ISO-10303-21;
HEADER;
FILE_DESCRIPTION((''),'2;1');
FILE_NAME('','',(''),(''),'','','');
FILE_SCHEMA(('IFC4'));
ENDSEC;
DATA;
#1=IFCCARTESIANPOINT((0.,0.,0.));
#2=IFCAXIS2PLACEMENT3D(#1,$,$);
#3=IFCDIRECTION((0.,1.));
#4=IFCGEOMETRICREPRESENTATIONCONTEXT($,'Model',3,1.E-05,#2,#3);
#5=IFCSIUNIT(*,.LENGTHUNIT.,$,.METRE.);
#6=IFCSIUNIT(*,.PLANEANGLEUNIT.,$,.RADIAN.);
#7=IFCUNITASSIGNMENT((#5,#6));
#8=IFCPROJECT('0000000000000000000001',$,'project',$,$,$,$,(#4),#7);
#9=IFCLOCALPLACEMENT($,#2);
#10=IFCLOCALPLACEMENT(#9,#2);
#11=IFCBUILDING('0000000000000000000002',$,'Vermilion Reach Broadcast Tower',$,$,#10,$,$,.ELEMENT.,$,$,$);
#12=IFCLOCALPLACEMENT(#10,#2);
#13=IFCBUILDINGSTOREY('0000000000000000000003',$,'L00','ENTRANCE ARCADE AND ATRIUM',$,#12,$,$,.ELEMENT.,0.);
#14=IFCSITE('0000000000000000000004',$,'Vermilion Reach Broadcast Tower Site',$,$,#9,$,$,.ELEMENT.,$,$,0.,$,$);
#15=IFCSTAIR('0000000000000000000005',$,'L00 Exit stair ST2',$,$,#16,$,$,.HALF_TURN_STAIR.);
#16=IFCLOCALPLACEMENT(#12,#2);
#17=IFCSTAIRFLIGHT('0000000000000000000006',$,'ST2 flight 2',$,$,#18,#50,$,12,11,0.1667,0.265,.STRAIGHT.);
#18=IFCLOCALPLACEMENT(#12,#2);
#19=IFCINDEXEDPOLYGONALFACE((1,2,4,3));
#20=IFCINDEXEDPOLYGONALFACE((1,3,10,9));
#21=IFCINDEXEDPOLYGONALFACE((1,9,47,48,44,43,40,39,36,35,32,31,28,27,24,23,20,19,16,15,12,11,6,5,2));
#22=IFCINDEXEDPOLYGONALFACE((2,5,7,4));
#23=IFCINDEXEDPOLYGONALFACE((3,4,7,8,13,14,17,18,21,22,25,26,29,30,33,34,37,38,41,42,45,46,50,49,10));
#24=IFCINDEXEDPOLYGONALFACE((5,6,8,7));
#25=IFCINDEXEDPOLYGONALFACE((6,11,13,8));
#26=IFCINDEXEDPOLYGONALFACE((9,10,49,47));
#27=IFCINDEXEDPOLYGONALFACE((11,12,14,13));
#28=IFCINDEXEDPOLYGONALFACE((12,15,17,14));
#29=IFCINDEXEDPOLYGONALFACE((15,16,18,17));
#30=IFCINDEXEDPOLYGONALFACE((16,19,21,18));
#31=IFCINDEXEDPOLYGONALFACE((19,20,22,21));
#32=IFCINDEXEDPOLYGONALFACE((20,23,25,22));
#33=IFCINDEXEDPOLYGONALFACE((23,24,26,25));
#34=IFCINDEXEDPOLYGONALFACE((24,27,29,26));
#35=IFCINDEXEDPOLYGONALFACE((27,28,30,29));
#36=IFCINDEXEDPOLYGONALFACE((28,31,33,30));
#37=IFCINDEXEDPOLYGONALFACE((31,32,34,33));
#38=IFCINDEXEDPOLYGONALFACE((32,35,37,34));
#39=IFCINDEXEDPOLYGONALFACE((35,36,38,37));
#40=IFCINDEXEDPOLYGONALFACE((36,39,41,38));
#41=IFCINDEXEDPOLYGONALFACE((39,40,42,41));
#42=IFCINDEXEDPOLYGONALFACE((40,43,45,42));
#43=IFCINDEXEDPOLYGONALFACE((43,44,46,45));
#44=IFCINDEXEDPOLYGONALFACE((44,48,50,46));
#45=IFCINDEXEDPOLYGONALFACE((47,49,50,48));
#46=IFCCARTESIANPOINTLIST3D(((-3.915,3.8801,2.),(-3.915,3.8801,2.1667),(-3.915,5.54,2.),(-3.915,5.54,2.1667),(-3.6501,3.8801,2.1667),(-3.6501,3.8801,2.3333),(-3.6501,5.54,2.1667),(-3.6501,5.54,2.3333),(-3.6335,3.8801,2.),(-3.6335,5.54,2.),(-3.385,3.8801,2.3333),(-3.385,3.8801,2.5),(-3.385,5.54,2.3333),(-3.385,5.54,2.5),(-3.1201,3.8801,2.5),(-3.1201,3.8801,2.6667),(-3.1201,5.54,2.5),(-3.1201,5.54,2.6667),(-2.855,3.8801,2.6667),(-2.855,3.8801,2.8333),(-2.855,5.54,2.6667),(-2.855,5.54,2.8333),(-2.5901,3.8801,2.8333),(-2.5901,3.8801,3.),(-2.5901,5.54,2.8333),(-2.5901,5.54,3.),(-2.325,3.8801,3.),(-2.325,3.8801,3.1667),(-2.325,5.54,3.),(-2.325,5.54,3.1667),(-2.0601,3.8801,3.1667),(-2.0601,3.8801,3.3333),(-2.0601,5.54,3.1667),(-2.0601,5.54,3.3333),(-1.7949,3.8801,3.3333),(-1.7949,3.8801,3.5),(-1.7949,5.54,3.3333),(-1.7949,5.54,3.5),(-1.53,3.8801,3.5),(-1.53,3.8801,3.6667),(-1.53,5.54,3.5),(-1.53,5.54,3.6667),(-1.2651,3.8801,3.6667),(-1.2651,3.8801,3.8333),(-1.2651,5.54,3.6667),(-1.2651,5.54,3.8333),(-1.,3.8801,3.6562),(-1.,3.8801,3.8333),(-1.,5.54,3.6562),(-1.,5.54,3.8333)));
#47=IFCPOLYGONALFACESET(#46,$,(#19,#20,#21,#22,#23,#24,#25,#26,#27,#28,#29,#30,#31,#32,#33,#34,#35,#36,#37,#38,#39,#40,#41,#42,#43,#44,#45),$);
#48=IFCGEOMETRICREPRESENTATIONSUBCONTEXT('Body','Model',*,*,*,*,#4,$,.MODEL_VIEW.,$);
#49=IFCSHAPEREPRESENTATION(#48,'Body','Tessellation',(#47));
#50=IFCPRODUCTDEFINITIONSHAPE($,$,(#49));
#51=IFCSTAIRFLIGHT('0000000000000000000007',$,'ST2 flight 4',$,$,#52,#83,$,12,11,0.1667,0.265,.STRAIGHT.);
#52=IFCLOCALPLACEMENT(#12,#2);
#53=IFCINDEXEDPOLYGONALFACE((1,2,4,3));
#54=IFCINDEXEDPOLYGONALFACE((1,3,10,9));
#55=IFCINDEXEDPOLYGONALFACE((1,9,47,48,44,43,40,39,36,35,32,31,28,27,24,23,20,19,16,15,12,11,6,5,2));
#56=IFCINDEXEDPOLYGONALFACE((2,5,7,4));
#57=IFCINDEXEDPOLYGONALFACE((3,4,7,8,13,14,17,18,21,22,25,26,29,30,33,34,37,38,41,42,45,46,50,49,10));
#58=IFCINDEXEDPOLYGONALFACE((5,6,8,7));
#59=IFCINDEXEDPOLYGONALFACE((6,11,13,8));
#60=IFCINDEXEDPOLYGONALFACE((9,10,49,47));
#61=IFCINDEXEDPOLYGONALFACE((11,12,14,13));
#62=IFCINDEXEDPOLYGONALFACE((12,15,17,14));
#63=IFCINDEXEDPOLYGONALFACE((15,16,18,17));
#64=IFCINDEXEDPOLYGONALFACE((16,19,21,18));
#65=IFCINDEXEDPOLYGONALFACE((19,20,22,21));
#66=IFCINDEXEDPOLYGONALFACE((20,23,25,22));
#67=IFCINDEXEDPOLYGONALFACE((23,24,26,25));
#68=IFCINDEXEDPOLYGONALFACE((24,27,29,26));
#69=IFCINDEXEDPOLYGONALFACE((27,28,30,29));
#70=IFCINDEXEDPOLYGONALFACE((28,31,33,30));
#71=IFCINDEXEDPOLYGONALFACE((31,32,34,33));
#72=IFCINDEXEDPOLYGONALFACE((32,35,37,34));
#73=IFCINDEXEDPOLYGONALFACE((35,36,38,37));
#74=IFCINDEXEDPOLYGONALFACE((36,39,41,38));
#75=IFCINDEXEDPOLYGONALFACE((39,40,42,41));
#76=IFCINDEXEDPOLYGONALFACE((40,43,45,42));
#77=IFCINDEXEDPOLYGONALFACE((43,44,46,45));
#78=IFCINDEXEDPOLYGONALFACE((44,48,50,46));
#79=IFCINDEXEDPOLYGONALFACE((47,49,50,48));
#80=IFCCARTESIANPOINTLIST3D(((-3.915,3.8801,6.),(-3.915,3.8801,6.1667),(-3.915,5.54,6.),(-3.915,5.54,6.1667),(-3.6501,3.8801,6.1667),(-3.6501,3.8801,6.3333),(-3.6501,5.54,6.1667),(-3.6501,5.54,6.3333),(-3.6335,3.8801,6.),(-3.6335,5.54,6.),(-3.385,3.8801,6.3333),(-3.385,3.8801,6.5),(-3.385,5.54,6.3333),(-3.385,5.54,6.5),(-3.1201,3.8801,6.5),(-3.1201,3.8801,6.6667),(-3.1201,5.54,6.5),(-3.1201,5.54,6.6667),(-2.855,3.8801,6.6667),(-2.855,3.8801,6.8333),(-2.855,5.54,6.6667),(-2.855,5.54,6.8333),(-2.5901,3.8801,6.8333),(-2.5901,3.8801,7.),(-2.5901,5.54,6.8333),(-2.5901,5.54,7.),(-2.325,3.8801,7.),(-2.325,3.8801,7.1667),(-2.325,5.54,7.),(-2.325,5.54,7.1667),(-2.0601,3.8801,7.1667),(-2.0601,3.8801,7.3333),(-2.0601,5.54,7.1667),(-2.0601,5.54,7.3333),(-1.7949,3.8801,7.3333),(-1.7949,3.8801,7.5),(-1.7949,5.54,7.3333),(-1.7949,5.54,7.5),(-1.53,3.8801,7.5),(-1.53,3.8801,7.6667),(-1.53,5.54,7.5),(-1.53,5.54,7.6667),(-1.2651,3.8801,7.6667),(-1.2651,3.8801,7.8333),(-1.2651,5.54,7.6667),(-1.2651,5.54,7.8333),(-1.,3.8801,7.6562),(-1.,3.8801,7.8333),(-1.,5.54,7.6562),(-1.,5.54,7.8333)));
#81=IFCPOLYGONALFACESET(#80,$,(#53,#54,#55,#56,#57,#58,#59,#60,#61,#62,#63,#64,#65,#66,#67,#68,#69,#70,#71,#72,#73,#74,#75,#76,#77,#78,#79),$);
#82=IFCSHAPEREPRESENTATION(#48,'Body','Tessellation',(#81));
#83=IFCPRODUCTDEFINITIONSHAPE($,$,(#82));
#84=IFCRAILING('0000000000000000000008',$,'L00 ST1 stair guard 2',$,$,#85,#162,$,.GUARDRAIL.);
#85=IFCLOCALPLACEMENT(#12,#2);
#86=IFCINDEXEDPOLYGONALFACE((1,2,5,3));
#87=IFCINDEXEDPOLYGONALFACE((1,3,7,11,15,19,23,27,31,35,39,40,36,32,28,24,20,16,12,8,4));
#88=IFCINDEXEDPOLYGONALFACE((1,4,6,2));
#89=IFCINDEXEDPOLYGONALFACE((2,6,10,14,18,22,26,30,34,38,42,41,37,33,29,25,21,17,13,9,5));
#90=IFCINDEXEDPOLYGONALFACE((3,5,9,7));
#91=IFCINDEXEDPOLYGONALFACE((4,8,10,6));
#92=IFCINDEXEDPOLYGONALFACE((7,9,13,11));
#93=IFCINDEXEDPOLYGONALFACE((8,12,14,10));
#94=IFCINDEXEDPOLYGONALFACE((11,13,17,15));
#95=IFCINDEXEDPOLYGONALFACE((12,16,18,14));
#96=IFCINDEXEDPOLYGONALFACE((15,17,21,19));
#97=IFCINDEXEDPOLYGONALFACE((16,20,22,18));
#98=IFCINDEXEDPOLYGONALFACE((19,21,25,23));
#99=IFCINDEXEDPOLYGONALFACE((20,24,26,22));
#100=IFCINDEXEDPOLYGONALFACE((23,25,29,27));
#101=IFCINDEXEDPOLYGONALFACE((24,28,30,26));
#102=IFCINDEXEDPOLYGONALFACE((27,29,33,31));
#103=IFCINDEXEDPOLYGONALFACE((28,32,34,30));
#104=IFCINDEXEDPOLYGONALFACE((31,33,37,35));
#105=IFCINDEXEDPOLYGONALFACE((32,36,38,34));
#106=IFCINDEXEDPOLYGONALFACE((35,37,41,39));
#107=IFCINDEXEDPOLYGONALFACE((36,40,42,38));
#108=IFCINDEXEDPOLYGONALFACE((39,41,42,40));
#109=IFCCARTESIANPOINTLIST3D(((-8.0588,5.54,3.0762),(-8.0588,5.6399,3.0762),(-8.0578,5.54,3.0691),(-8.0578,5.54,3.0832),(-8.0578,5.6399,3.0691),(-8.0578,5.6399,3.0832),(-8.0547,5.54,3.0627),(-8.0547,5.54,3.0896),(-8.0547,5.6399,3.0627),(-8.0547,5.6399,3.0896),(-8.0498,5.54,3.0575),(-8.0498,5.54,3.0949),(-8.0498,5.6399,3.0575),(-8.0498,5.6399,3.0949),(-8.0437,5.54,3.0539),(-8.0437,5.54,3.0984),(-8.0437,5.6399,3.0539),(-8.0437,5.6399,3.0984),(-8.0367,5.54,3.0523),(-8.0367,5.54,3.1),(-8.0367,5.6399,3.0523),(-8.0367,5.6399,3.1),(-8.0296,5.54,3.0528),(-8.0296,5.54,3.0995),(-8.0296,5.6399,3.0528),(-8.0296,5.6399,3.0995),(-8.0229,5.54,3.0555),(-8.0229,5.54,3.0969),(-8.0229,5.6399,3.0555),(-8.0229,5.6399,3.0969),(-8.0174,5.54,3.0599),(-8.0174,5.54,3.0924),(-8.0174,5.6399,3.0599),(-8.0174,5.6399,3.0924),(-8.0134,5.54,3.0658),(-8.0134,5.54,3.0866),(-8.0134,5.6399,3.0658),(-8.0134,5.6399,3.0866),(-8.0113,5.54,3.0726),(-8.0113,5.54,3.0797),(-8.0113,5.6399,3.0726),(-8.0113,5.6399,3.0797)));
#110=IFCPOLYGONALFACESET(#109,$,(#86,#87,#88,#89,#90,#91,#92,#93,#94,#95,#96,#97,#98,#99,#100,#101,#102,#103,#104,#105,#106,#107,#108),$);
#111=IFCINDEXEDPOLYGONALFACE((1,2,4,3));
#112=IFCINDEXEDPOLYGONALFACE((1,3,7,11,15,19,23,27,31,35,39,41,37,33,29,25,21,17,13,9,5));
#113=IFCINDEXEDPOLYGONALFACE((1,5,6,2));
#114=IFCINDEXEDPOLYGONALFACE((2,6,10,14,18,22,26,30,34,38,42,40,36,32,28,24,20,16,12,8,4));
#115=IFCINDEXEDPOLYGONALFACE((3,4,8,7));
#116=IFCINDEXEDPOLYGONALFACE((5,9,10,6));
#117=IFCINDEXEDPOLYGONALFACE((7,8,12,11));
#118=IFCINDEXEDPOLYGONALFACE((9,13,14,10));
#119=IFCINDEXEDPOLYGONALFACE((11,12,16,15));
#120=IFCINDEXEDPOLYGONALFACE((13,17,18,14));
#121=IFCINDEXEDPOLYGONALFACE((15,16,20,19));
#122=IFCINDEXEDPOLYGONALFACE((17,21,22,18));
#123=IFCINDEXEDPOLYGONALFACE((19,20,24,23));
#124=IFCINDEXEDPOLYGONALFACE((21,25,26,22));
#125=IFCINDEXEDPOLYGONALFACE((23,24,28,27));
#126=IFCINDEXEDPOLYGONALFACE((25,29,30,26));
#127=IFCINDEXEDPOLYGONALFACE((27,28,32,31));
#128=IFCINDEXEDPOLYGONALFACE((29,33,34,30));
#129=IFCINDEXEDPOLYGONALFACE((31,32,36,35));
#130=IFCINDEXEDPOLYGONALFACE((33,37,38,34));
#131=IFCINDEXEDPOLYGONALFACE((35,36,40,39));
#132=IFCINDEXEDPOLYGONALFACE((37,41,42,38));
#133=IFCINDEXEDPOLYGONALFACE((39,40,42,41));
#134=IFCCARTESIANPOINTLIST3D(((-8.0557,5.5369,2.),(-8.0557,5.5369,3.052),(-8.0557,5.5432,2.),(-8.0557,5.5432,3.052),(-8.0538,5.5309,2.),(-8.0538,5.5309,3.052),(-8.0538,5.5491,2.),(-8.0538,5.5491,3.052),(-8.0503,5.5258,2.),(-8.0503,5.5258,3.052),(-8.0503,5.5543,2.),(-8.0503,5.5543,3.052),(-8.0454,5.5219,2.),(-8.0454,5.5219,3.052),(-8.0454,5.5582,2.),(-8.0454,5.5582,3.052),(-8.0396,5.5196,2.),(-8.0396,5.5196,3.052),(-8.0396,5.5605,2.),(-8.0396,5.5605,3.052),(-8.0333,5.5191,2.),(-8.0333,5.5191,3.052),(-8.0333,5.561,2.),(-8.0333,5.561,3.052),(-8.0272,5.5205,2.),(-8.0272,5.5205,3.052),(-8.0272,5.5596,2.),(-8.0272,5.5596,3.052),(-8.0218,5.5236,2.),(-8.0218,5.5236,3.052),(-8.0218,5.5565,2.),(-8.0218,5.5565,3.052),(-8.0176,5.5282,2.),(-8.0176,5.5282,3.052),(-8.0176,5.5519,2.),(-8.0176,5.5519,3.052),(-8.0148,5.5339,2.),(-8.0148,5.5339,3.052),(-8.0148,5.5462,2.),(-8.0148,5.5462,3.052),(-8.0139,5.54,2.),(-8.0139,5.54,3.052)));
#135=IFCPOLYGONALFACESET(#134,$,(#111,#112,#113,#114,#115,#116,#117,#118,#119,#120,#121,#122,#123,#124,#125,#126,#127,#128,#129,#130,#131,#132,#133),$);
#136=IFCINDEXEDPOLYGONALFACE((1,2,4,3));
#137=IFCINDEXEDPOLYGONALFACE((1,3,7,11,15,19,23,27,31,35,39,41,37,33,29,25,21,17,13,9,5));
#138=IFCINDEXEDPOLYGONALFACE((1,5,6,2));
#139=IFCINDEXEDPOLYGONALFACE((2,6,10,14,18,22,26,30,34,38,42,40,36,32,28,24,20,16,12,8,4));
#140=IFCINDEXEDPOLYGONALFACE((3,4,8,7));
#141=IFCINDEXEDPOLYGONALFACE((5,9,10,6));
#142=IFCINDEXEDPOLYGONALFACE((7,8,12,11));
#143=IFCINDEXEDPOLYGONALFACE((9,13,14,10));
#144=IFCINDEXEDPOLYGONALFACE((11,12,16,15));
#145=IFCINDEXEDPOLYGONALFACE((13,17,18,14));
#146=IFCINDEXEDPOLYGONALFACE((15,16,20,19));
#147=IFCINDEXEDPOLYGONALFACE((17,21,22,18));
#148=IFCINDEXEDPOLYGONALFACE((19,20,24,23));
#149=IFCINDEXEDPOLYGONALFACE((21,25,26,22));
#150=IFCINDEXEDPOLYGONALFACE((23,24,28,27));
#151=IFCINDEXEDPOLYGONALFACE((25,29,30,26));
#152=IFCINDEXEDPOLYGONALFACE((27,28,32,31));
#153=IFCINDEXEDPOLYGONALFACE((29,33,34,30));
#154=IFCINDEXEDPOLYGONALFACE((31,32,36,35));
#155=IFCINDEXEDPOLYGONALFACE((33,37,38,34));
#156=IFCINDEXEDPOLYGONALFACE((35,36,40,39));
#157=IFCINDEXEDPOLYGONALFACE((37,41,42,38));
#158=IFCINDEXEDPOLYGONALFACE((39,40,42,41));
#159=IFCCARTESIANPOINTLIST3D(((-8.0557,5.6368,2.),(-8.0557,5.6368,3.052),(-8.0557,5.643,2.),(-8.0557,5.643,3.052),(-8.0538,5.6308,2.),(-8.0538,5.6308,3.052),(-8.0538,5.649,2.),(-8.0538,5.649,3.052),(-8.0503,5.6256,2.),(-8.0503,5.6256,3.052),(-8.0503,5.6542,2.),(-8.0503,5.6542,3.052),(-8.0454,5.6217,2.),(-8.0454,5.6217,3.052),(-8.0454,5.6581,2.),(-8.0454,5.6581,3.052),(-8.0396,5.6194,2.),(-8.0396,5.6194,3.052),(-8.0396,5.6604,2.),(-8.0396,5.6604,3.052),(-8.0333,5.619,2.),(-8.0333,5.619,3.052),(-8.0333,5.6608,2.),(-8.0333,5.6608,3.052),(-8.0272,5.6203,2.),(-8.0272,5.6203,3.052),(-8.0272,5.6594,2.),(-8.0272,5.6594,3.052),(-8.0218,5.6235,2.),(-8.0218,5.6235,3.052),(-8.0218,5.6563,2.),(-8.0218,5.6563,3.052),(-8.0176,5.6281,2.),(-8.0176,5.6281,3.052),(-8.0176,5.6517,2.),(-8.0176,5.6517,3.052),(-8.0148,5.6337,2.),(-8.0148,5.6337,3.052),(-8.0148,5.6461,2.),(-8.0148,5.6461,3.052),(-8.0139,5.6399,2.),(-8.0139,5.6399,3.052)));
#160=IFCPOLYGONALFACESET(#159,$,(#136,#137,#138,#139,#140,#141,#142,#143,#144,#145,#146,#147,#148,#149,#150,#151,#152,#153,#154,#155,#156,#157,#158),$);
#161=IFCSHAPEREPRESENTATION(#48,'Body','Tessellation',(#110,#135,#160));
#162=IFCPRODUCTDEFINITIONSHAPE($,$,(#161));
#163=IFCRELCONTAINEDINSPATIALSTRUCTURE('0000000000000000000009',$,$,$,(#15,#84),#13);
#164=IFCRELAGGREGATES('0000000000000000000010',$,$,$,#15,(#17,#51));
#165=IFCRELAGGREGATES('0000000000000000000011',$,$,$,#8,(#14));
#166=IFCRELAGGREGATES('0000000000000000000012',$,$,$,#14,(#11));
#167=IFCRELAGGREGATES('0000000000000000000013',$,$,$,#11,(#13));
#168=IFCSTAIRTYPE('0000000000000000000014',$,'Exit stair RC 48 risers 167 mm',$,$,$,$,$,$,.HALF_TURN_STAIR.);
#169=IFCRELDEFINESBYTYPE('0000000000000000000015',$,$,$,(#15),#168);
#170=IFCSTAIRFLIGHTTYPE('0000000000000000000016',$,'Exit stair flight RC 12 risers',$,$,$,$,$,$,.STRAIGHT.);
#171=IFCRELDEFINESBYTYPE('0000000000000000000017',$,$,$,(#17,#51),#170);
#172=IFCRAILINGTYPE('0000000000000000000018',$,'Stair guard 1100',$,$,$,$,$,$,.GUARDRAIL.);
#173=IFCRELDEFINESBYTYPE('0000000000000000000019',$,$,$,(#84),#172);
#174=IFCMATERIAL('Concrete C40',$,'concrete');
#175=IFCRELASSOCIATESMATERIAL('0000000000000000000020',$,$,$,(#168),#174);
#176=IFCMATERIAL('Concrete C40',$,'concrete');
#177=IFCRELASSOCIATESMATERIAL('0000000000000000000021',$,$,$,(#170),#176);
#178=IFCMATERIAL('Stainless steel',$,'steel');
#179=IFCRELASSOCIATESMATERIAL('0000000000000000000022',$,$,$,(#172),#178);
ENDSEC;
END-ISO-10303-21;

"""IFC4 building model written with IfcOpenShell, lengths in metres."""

from ifc_helpers import new_model, si_unit, direction, frame, origin, origin_2d, place, context, subcontext, project, spatial, polyline, circle, outline, extrude, material, type_object, element, aggregate, save


model = new_model("IFC4")

# Units and contexts
model_context = context("Model", 3, precision=1e-05, world=origin(), true_north=direction((0.0, 1.0)))
body_context = subcontext(model_context, "Body", "Model", "MODEL_VIEW")
ifc_project = project(units=[si_unit("LENGTHUNIT", "METRE"), si_unit("PLANEANGLEUNIT", "RADIAN")], contexts=[model_context])

# Site, building, storey
site_placement = place(None, origin())
site = spatial("IfcSite", under=ifc_project, at=site_placement, Name="Vermilion Reach Broadcast Tower Site", CompositionType="ELEMENT", RefElevation=0.0)
building_placement = place(site_placement, origin())
building = spatial("IfcBuilding", under=site, at=building_placement, Name="Vermilion Reach Broadcast Tower", CompositionType="ELEMENT")
storey_placement = place(building_placement, origin())
storey = spatial("IfcBuildingStorey", under=building, at=storey_placement, Name="L00", Description="ENTRANCE ARCADE AND ATRIUM", CompositionType="ELEMENT", Elevation=0.0)

# Stair, stair flights
ifc_material_1 = material(Name="Concrete C40", Category="concrete")
stair_type = type_object("IfcStairType", Name="Exit stair RC 48 risers 167 mm", PredefinedType="HALF_TURN_STAIR", material=ifc_material_1)
placement = place(storey_placement, origin())
ifc_material_2 = material(Name="Concrete C40", Category="concrete")
stair_flight_type = type_object("IfcStairFlightType", Name="Exit stair flight RC 12 risers", PredefinedType="STRAIGHT", material=ifc_material_2)
stair_1 = element("IfcStair", 1, at=placement, inside=storey, type_object=stair_type, Name="L00 Exit stair ST2", PredefinedType="HALF_TURN_STAIR")
stair_flight_1_placement = place(storey_placement, frame((-3.915, 4.71, 2.0), z_axis=(0.0, 0.0, 1.0), x_axis=(1.0, 0.0, 0.0)))
stair_flight_1 = element("IfcStairFlight", 2, at=stair_flight_1_placement, type_object=stair_flight_type, Name="ST2 flight 2", NumberOfRisers=12, NumberOfTreads=11, PredefinedType="STRAIGHT", RiserHeight=0.1667, TreadLength=0.265, context=body_context, shape_type="SweptSolid", body=[
    extrude(outline(polyline([(0.0, 0.0), (0.0, 0.1667), (0.2649, 0.1667), (0.2649, 0.3333), (0.53, 0.3333), (0.53, 0.5), (0.7949, 0.5), (0.7949, 0.6667), (1.0601, 0.6667), (1.0601, 0.8333), (1.325, 0.8333), (1.325, 1.0), (1.5901, 1.0), (1.5901, 1.1667), (1.855, 1.1667), (1.855, 1.3333), (2.1201, 1.3333), (2.1201, 1.5), (2.385, 1.5), (2.385, 1.6667), (2.6499, 1.6667), (2.6499, 1.8333), (2.915, 1.8333), (2.915, 2.0), (2.915, 1.6562), (0.2815, 0.0), (0.0, 0.0)])), frame((0.0, 0.8301, 0.0), z_axis=(0.0, -1.0, 0.0), x_axis=(1.0, 0.0, 0.0)), (0.0, 0.0, 1.0), 1.6599),
])
stair_flight_2_placement = place(storey_placement, frame((-3.915, 4.71, 6.0), z_axis=(0.0, 0.0, 1.0), x_axis=(1.0, 0.0, 0.0)))
stair_flight_2 = element("IfcStairFlight", 3, at=stair_flight_2_placement, type_object=stair_flight_type, Name="ST2 flight 4", NumberOfRisers=12, NumberOfTreads=11, PredefinedType="STRAIGHT", RiserHeight=0.1667, TreadLength=0.265, context=body_context, shape_type="SweptSolid", body=[
    extrude(outline(polyline([(0.0, 0.0), (0.0, 0.1667), (0.2649, 0.1667), (0.2649, 0.3333), (0.53, 0.3333), (0.53, 0.5), (0.7949, 0.5), (0.7949, 0.6667), (1.0601, 0.6667), (1.0601, 0.8333), (1.325, 0.8333), (1.325, 1.0), (1.5901, 1.0), (1.5901, 1.1667), (1.855, 1.1667), (1.855, 1.3333), (2.1201, 1.3333), (2.1201, 1.5), (2.385, 1.5), (2.385, 1.6667), (2.6499, 1.6667), (2.6499, 1.8333), (2.915, 1.8333), (2.915, 2.0), (2.915, 1.6562), (0.2815, 0.0), (0.0, 0.0)])), frame((0.0, 0.8301, 0.0), z_axis=(0.0, -1.0, 0.0), x_axis=(1.0, 0.0, 0.0)), (0.0, 0.0, 1.0), 1.6599),
])
aggregate(stair_1, [stair_flight_1, stair_flight_2])

# Railing
ifc_material_3 = material(Name="Stainless steel", Category="steel")
railing_type_1 = type_object("IfcRailingType", Name="Stair guard 1100", PredefinedType="GUARDRAIL", material=ifc_material_3)
railing_1_placement = place(storey_placement, frame((-8.0349, 5.54, 2.0)))
element("IfcRailing", 4, at=railing_1_placement, inside=storey, type_object=railing_type_1, Name="L00 ST1 stair guard 2", PredefinedType="GUARDRAIL", context=body_context, shape_type="SweptSolid", body=[
    extrude(circle(Radius=0.0239, at=origin_2d()), frame((0.0, 0.0, 1.0762), z_axis=(0.0, 1.0, 0.0), x_axis=(-1.0, 0.0, 0.0)), (0.0, 0.0, 1.0), 0.0999),
    extrude(circle(Radius=0.021, at=origin_2d()), origin(), (0.0, 0.0, 1.0), 1.052),
    extrude(circle(Radius=0.021, at=origin_2d()), frame((0.0, 0.0999, 0.0)), (0.0, 0.0, 1.0), 1.052),
])

save(model, "model.ifc")
